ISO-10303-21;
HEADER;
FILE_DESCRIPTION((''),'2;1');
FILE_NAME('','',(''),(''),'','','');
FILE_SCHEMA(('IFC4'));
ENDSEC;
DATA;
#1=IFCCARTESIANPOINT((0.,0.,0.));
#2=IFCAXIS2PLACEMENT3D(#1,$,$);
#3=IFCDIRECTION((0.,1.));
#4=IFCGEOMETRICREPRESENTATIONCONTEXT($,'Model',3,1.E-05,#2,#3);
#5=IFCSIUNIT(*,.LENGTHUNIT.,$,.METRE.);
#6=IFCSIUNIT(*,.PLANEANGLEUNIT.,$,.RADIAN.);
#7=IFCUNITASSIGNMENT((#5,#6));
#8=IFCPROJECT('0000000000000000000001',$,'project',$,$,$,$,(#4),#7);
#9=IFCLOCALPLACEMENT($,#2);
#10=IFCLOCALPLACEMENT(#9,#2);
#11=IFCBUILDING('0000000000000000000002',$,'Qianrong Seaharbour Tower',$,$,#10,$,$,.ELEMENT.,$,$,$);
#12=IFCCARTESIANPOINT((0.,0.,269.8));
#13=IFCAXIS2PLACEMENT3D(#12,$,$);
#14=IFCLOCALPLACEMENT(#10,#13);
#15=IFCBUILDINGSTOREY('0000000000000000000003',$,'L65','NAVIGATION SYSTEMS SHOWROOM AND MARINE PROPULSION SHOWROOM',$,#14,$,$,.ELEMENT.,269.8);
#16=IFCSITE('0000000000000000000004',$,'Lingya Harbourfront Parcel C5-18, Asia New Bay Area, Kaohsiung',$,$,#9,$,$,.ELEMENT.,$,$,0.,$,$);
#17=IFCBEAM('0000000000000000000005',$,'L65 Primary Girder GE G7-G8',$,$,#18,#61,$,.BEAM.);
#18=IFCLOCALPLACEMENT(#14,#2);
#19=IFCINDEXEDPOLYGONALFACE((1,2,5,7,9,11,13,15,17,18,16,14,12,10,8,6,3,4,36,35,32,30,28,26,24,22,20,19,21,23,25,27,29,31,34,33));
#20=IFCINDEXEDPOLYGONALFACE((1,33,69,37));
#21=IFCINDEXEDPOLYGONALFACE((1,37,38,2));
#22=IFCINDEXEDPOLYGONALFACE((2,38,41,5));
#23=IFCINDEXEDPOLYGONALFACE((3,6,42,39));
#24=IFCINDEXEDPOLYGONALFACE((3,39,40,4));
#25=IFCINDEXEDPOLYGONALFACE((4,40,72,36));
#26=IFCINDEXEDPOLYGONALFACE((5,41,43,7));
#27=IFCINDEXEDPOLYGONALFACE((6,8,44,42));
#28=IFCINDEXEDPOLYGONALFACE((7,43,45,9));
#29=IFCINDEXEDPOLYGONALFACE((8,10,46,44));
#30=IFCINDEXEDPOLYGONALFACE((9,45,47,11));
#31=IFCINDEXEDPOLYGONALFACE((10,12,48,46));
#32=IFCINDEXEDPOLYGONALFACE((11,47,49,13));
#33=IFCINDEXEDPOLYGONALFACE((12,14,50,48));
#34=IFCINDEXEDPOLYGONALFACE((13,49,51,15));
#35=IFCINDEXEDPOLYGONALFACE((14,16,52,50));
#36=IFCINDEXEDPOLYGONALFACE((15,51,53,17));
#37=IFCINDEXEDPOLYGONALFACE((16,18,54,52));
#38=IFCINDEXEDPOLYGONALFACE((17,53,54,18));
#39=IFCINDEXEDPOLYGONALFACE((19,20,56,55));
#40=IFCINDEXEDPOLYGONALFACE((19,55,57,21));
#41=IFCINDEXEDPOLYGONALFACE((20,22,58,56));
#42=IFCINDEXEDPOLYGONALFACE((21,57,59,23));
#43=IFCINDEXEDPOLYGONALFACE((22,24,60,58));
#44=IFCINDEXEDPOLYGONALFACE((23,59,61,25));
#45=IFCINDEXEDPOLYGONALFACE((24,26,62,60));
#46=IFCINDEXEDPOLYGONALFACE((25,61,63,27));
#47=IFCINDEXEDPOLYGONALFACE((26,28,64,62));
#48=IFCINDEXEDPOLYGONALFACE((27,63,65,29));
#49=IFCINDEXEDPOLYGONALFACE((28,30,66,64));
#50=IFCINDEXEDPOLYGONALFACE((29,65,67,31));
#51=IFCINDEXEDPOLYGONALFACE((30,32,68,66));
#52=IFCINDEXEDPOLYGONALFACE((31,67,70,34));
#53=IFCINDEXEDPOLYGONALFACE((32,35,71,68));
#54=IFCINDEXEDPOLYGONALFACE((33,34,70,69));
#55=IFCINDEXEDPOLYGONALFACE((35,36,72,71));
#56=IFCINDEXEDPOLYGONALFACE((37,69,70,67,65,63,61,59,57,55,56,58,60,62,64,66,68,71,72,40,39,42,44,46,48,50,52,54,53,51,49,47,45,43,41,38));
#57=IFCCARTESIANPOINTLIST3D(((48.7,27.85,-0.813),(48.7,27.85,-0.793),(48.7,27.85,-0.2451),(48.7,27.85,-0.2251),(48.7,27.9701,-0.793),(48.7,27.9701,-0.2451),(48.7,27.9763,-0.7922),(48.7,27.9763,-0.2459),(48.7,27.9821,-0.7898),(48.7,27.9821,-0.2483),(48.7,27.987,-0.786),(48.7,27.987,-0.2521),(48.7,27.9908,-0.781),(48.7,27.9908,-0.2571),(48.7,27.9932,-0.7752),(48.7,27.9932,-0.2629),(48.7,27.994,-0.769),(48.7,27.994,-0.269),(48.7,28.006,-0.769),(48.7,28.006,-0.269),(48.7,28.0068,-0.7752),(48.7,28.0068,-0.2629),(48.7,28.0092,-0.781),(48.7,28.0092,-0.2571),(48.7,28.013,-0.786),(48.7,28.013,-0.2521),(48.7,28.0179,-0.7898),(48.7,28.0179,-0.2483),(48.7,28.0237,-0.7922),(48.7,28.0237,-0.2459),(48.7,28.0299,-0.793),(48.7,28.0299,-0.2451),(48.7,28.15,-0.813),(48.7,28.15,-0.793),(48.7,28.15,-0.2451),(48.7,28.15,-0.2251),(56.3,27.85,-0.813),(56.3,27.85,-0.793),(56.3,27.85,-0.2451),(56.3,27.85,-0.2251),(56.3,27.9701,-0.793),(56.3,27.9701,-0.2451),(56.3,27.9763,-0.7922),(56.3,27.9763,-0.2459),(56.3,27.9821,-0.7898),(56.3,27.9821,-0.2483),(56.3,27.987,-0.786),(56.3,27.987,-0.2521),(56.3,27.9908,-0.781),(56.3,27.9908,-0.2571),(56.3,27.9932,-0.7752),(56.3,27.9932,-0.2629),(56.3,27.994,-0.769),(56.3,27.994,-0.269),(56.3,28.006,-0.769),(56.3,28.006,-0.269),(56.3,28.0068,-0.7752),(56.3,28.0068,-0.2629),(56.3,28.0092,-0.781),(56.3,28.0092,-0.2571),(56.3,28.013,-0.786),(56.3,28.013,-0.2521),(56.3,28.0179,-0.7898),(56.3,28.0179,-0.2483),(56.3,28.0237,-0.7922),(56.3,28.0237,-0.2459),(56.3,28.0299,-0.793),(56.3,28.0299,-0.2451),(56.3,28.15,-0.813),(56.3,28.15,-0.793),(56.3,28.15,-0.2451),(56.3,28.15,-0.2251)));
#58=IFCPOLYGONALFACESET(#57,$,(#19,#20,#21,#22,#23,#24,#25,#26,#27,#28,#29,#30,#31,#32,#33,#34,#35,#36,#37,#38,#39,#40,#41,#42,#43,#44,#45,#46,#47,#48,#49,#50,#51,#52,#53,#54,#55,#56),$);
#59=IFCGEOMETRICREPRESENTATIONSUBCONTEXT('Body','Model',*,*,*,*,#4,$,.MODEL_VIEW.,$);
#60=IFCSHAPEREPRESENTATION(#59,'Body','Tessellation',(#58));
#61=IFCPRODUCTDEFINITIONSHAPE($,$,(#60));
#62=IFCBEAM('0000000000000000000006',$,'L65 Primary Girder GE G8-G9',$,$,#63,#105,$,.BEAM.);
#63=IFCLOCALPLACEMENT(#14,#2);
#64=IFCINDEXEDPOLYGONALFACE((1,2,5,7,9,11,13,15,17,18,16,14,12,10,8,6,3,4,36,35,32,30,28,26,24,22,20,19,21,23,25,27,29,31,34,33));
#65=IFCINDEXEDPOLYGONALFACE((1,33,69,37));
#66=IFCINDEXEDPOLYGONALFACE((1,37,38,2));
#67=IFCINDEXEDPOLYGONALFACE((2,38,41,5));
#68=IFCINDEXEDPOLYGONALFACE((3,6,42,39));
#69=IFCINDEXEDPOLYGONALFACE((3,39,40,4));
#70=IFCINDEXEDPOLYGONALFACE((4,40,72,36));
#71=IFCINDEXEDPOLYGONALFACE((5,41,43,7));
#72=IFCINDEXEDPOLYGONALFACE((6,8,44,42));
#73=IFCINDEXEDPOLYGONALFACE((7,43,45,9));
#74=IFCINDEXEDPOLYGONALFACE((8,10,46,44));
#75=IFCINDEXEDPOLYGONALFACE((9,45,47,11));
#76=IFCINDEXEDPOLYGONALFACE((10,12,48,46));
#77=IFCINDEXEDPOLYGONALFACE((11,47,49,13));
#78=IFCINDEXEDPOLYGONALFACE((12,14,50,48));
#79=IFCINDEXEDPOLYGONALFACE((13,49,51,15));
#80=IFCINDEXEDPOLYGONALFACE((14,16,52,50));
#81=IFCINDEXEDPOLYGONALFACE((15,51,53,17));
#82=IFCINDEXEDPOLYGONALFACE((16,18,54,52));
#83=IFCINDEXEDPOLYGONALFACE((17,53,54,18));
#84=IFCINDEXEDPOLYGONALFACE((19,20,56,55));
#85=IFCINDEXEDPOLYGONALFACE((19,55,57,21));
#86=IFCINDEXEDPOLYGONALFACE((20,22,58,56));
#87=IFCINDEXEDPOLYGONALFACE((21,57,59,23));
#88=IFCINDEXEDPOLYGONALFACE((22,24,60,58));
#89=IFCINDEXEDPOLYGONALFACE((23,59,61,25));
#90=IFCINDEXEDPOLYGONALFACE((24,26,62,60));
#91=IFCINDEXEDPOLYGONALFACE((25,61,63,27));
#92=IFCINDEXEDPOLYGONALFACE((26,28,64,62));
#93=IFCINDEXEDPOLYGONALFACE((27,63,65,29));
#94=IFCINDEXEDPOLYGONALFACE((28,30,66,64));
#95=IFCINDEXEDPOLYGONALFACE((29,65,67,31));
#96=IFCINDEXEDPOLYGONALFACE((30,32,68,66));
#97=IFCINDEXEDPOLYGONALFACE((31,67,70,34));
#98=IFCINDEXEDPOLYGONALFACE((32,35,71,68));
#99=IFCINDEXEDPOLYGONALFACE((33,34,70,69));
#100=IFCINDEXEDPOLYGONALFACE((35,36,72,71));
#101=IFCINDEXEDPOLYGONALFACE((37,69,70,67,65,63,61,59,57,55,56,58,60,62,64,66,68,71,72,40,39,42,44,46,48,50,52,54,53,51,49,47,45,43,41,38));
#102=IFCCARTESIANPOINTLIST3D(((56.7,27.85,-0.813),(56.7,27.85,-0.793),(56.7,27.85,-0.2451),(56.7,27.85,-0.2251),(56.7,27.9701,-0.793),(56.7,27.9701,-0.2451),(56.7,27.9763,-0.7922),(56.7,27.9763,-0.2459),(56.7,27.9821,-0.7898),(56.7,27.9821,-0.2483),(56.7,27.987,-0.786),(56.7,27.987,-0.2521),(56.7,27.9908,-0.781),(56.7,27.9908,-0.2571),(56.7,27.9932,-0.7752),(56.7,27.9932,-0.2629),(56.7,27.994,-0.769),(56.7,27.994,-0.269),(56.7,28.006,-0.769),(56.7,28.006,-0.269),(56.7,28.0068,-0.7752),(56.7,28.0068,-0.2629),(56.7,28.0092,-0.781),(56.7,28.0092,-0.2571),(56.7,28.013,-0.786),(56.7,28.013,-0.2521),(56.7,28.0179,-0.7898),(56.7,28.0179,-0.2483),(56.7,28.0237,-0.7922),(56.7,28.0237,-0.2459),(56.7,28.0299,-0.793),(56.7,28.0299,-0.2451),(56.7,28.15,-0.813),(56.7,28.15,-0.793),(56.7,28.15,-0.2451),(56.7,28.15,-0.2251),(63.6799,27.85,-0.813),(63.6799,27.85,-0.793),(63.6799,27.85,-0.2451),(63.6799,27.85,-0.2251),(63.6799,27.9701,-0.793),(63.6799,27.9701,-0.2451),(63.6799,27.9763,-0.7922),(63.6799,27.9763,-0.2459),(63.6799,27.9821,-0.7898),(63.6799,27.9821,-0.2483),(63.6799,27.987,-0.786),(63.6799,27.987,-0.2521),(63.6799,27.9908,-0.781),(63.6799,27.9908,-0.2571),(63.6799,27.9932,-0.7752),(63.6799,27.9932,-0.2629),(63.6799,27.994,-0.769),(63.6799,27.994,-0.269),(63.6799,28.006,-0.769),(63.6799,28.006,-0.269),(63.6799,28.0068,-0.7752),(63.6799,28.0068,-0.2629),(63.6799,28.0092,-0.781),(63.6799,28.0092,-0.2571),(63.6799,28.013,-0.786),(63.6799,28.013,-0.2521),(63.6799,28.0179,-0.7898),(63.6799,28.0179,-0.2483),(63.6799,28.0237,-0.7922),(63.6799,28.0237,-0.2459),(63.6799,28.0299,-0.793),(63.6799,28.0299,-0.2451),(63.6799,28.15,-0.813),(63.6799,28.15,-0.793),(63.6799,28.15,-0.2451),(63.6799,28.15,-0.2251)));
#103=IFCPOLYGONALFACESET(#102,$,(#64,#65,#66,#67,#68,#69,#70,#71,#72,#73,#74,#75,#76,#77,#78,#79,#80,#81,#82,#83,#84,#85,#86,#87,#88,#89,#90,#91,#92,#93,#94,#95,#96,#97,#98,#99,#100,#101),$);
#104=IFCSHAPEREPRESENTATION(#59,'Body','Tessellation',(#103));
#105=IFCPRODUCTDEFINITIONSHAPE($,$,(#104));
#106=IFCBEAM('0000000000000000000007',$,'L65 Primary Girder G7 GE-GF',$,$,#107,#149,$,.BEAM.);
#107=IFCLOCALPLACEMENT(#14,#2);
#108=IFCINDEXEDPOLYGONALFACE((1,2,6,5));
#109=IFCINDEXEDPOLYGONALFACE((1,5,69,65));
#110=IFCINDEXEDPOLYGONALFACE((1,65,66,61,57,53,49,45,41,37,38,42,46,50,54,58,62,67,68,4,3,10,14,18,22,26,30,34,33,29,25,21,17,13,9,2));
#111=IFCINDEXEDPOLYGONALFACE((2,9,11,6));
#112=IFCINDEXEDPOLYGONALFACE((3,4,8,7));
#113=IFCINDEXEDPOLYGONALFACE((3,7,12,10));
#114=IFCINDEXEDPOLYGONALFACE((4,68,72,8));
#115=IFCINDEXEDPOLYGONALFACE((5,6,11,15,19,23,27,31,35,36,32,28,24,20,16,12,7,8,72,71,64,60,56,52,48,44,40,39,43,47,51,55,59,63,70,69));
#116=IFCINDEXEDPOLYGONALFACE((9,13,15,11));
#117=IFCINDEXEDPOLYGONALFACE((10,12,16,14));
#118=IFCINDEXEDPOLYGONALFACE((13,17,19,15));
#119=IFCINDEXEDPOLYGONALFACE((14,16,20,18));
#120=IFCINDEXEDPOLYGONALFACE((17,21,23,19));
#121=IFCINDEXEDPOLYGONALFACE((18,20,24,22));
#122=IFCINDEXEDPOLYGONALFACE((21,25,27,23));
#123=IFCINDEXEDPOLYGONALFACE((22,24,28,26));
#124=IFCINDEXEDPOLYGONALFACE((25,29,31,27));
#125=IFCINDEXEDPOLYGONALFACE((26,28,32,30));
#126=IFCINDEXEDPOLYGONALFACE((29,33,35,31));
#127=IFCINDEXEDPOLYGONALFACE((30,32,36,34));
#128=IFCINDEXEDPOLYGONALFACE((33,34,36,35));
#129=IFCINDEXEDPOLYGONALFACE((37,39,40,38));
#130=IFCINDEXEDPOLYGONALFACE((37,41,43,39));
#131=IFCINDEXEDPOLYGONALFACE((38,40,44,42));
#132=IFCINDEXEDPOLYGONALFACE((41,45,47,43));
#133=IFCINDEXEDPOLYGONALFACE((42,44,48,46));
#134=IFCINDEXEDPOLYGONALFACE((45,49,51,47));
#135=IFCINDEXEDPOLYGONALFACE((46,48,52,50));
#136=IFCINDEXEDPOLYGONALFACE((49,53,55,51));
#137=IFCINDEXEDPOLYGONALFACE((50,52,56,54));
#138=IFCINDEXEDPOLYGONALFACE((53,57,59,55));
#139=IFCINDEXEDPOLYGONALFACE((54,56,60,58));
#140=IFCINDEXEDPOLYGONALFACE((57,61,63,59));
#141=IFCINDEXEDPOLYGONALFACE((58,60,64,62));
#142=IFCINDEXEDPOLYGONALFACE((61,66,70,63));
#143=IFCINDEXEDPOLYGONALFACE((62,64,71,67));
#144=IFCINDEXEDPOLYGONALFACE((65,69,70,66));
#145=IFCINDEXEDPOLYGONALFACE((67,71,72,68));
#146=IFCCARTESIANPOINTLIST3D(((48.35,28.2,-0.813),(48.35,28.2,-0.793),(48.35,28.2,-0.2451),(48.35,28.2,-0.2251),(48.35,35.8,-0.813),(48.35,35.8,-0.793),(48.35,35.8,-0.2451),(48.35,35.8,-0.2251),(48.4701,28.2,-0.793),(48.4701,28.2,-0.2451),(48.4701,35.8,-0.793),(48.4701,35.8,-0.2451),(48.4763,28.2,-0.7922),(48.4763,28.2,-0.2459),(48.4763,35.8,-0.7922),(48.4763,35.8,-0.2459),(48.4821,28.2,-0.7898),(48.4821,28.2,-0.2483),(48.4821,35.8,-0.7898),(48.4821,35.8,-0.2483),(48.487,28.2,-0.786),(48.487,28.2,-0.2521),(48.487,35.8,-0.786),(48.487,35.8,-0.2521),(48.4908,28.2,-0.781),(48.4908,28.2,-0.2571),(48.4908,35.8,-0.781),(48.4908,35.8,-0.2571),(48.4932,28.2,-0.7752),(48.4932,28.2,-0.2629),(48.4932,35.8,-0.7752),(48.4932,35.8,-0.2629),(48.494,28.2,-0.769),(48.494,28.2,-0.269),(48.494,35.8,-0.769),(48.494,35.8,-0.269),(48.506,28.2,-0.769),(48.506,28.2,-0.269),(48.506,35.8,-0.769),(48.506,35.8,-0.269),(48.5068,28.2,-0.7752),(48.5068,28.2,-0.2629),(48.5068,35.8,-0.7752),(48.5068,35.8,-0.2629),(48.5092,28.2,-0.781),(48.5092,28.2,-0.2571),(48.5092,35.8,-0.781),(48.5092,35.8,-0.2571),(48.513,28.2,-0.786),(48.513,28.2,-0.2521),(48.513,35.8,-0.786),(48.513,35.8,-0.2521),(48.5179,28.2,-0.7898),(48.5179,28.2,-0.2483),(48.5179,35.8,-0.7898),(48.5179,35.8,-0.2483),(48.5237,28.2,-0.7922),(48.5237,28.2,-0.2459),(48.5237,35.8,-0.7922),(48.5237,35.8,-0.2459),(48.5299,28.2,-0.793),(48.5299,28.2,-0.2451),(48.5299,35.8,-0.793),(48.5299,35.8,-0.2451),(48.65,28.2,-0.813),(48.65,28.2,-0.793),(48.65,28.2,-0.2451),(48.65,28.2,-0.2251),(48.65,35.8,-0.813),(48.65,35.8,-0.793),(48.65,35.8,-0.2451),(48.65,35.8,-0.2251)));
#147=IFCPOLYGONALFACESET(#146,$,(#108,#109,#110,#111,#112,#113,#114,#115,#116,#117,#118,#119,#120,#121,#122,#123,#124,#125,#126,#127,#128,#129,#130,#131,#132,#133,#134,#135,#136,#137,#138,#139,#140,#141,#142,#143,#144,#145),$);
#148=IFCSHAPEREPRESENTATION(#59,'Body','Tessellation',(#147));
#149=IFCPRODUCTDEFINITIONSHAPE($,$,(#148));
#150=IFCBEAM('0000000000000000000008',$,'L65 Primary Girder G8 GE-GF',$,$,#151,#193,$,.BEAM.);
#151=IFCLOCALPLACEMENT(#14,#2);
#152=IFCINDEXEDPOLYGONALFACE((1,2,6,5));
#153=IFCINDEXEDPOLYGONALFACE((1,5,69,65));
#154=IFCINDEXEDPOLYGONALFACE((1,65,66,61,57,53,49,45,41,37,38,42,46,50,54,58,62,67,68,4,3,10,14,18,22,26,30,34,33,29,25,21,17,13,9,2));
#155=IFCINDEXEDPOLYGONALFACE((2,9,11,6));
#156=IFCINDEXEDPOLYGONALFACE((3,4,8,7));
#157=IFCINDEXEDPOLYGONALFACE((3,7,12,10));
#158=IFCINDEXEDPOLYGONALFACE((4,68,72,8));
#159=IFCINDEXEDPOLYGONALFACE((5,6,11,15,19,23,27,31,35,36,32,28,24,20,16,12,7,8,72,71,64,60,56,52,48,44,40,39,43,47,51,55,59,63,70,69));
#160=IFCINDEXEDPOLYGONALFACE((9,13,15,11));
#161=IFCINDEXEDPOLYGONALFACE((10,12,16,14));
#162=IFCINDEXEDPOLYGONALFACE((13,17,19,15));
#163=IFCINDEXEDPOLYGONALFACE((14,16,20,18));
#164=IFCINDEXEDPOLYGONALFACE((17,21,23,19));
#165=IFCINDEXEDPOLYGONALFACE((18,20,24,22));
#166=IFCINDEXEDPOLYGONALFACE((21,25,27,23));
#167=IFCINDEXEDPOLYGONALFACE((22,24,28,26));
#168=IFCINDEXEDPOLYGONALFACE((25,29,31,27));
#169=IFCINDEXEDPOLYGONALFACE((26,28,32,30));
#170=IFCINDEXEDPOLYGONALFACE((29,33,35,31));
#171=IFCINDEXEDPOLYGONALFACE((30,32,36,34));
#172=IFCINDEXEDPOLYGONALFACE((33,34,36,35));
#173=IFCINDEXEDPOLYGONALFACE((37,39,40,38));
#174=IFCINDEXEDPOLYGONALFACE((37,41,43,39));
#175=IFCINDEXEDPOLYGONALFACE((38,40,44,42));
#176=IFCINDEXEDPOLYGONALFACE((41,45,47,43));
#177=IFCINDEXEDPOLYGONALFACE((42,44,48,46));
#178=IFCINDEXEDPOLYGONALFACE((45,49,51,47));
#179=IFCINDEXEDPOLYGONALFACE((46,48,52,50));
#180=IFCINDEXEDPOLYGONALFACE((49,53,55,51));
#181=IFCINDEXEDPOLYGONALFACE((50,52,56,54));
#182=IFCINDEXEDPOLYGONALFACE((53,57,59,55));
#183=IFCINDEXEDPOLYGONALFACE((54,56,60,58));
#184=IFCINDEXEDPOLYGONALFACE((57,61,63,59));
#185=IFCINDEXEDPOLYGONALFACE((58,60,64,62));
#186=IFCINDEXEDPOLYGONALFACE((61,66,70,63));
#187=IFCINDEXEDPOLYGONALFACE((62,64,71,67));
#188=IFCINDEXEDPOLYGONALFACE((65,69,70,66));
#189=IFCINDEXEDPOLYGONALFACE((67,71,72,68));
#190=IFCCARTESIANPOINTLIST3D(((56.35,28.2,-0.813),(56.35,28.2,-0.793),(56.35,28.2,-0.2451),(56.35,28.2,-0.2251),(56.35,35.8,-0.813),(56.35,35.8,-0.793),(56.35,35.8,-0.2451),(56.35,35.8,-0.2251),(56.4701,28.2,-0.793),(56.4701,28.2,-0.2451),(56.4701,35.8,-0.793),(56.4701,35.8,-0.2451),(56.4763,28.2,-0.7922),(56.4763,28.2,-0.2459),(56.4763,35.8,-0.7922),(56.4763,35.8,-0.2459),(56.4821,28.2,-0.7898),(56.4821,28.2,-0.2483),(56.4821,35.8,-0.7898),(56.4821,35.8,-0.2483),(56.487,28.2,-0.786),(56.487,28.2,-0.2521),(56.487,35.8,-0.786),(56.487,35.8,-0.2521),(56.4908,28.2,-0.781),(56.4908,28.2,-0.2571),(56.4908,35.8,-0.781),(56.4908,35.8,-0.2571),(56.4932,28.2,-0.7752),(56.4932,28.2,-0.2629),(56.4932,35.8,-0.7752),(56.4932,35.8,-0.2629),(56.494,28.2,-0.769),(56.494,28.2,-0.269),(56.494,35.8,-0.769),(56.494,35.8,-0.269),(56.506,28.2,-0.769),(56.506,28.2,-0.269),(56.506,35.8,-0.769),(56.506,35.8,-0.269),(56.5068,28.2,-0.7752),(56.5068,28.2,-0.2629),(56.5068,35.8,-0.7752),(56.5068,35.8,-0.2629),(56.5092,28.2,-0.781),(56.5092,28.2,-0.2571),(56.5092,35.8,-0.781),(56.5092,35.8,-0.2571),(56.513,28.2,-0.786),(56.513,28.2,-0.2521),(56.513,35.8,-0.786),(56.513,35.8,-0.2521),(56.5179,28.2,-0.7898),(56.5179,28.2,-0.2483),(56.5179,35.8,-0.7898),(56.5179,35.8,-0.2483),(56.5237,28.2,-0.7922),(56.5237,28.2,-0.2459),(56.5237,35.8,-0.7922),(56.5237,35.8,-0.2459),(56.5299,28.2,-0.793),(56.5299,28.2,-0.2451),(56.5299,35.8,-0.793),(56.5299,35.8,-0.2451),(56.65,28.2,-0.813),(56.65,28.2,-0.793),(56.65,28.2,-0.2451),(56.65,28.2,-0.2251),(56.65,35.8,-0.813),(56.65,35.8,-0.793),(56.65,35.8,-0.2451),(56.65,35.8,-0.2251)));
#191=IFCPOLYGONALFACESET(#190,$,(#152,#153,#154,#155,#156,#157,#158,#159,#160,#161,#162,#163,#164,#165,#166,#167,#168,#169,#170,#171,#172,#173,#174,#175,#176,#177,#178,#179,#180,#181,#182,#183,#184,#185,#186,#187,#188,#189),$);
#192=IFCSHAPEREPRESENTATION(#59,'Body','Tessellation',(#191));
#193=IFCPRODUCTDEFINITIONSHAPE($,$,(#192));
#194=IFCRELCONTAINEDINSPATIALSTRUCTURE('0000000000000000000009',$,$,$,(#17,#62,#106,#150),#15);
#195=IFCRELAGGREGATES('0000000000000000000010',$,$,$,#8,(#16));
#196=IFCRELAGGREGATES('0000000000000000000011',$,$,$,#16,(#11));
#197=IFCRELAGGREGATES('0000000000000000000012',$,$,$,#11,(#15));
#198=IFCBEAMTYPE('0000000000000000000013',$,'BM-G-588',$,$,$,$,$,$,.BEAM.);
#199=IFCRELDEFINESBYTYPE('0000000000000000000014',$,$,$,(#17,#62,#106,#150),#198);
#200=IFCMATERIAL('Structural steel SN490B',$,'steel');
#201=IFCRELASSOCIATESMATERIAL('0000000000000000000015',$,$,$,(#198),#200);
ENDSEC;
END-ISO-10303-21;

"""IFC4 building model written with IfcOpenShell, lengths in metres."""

from ifc_helpers import new_model, si_unit, direction, frame, origin, origin_2d, place, context, subcontext, project, spatial, i_section, extrude, material, material_profile, profile_set, type_object, element, save


model = new_model("IFC4")

# Units and contexts
model_context = context("Model", 3, precision=1e-05, world=origin(), true_north=direction((0.0, 1.0)))
body_context = subcontext(model_context, "Body", "Model", "MODEL_VIEW")
ifc_project = project(units=[si_unit("LENGTHUNIT", "METRE"), si_unit("PLANEANGLEUNIT", "RADIAN")], contexts=[model_context])

# Site, building, storey
site_placement = place(None, origin())
site = spatial("IfcSite", under=ifc_project, at=site_placement, Name="Lingya Harbourfront Parcel C5-18, Asia New Bay Area, Kaohsiung", CompositionType="ELEMENT", RefElevation=0.0)
building_placement = place(site_placement, origin())
building = spatial("IfcBuilding", under=site, at=building_placement, Name="Qianrong Seaharbour Tower", CompositionType="ELEMENT")
storey_placement = place(building_placement, frame((0.0, 0.0, 269.8)))
storey = spatial("IfcBuildingStorey", under=building, at=storey_placement, Name="L65", Description="NAVIGATION SYSTEMS SHOWROOM AND MARINE PROPULSION SHOWROOM", CompositionType="ELEMENT", Elevation=269.8)

# Shared definitions
ifc_material_1 = material(Name="Structural steel SN490B", Category="steel")

# Beams
ifc_material_profile_1 = material_profile(ifc_material_1, i_section(OverallWidth=0.3, OverallDepth=0.5879, WebThickness=0.012, FlangeThickness=0.02, FilletRadius=0.0239, at=origin_2d()), Name="H588x300x12x20")
ifc_profile_set_1 = profile_set([ifc_material_profile_1], Name="Structural steel SN490B")
beam_type_1 = type_object("IfcBeamType", Name="BM-G-588", PredefinedType="BEAM", material=ifc_profile_set_1)
beam_1_placement = place(storey_placement, frame((48.7, 28.0, -0.519), z_axis=(1.0, 0.0, 0.0), x_axis=(0.0, 1.0, 0.0)))
element("IfcBeam", 1, at=beam_1_placement, inside=storey, type_object=beam_type_1, Name="L65 Primary Girder GE G7-G8", PredefinedType="BEAM", context=body_context, shape_type="SweptSolid", body=[
    extrude(i_section(OverallWidth=0.3, OverallDepth=0.5879, WebThickness=0.012, FlangeThickness=0.02, FilletRadius=0.0239, at=origin_2d()), origin(), (0.0, 0.0, 1.0), 7.6001),
])
beam_2_placement = place(storey_placement, frame((56.7, 28.0, -0.519), z_axis=(1.0, 0.0, 0.0), x_axis=(0.0, 1.0, 0.0)))
element("IfcBeam", 2, at=beam_2_placement, inside=storey, type_object=beam_type_1, Name="L65 Primary Girder GE G8-G9", PredefinedType="BEAM", context=body_context, shape_type="SweptSolid", body=[
    extrude(i_section(OverallWidth=0.3, OverallDepth=0.5879, WebThickness=0.012, FlangeThickness=0.02, FilletRadius=0.0239, at=origin_2d()), origin(), (0.0, 0.0, 1.0), 6.98),
])
for number, where, z_axis, x_axis, name in (
    (3, (48.5, 28.2, -0.519), (0.0, 1.0, 0.0), (-1.0, 0.0, 0.0), "L65 Primary Girder G7 GE-GF"),
    (4, (56.5, 28.2, -0.519), (0.0, 1.0, 0.0), (-1.0, 0.0, 0.0), "L65 Primary Girder G8 GE-GF"),
):
    element("IfcBeam", number, at=place(storey_placement, frame(where, z_axis=z_axis, x_axis=x_axis)), inside=storey, type_object=beam_type_1, Name=name, PredefinedType="BEAM", context=body_context, shape_type="SweptSolid", body=[
        extrude(i_section(OverallWidth=0.3, OverallDepth=0.5879, WebThickness=0.012, FlangeThickness=0.02, FilletRadius=0.0239, at=origin_2d()), origin(), (0.0, 0.0, 1.0), 7.6001),
    ])

save(model, "model.ifc")
